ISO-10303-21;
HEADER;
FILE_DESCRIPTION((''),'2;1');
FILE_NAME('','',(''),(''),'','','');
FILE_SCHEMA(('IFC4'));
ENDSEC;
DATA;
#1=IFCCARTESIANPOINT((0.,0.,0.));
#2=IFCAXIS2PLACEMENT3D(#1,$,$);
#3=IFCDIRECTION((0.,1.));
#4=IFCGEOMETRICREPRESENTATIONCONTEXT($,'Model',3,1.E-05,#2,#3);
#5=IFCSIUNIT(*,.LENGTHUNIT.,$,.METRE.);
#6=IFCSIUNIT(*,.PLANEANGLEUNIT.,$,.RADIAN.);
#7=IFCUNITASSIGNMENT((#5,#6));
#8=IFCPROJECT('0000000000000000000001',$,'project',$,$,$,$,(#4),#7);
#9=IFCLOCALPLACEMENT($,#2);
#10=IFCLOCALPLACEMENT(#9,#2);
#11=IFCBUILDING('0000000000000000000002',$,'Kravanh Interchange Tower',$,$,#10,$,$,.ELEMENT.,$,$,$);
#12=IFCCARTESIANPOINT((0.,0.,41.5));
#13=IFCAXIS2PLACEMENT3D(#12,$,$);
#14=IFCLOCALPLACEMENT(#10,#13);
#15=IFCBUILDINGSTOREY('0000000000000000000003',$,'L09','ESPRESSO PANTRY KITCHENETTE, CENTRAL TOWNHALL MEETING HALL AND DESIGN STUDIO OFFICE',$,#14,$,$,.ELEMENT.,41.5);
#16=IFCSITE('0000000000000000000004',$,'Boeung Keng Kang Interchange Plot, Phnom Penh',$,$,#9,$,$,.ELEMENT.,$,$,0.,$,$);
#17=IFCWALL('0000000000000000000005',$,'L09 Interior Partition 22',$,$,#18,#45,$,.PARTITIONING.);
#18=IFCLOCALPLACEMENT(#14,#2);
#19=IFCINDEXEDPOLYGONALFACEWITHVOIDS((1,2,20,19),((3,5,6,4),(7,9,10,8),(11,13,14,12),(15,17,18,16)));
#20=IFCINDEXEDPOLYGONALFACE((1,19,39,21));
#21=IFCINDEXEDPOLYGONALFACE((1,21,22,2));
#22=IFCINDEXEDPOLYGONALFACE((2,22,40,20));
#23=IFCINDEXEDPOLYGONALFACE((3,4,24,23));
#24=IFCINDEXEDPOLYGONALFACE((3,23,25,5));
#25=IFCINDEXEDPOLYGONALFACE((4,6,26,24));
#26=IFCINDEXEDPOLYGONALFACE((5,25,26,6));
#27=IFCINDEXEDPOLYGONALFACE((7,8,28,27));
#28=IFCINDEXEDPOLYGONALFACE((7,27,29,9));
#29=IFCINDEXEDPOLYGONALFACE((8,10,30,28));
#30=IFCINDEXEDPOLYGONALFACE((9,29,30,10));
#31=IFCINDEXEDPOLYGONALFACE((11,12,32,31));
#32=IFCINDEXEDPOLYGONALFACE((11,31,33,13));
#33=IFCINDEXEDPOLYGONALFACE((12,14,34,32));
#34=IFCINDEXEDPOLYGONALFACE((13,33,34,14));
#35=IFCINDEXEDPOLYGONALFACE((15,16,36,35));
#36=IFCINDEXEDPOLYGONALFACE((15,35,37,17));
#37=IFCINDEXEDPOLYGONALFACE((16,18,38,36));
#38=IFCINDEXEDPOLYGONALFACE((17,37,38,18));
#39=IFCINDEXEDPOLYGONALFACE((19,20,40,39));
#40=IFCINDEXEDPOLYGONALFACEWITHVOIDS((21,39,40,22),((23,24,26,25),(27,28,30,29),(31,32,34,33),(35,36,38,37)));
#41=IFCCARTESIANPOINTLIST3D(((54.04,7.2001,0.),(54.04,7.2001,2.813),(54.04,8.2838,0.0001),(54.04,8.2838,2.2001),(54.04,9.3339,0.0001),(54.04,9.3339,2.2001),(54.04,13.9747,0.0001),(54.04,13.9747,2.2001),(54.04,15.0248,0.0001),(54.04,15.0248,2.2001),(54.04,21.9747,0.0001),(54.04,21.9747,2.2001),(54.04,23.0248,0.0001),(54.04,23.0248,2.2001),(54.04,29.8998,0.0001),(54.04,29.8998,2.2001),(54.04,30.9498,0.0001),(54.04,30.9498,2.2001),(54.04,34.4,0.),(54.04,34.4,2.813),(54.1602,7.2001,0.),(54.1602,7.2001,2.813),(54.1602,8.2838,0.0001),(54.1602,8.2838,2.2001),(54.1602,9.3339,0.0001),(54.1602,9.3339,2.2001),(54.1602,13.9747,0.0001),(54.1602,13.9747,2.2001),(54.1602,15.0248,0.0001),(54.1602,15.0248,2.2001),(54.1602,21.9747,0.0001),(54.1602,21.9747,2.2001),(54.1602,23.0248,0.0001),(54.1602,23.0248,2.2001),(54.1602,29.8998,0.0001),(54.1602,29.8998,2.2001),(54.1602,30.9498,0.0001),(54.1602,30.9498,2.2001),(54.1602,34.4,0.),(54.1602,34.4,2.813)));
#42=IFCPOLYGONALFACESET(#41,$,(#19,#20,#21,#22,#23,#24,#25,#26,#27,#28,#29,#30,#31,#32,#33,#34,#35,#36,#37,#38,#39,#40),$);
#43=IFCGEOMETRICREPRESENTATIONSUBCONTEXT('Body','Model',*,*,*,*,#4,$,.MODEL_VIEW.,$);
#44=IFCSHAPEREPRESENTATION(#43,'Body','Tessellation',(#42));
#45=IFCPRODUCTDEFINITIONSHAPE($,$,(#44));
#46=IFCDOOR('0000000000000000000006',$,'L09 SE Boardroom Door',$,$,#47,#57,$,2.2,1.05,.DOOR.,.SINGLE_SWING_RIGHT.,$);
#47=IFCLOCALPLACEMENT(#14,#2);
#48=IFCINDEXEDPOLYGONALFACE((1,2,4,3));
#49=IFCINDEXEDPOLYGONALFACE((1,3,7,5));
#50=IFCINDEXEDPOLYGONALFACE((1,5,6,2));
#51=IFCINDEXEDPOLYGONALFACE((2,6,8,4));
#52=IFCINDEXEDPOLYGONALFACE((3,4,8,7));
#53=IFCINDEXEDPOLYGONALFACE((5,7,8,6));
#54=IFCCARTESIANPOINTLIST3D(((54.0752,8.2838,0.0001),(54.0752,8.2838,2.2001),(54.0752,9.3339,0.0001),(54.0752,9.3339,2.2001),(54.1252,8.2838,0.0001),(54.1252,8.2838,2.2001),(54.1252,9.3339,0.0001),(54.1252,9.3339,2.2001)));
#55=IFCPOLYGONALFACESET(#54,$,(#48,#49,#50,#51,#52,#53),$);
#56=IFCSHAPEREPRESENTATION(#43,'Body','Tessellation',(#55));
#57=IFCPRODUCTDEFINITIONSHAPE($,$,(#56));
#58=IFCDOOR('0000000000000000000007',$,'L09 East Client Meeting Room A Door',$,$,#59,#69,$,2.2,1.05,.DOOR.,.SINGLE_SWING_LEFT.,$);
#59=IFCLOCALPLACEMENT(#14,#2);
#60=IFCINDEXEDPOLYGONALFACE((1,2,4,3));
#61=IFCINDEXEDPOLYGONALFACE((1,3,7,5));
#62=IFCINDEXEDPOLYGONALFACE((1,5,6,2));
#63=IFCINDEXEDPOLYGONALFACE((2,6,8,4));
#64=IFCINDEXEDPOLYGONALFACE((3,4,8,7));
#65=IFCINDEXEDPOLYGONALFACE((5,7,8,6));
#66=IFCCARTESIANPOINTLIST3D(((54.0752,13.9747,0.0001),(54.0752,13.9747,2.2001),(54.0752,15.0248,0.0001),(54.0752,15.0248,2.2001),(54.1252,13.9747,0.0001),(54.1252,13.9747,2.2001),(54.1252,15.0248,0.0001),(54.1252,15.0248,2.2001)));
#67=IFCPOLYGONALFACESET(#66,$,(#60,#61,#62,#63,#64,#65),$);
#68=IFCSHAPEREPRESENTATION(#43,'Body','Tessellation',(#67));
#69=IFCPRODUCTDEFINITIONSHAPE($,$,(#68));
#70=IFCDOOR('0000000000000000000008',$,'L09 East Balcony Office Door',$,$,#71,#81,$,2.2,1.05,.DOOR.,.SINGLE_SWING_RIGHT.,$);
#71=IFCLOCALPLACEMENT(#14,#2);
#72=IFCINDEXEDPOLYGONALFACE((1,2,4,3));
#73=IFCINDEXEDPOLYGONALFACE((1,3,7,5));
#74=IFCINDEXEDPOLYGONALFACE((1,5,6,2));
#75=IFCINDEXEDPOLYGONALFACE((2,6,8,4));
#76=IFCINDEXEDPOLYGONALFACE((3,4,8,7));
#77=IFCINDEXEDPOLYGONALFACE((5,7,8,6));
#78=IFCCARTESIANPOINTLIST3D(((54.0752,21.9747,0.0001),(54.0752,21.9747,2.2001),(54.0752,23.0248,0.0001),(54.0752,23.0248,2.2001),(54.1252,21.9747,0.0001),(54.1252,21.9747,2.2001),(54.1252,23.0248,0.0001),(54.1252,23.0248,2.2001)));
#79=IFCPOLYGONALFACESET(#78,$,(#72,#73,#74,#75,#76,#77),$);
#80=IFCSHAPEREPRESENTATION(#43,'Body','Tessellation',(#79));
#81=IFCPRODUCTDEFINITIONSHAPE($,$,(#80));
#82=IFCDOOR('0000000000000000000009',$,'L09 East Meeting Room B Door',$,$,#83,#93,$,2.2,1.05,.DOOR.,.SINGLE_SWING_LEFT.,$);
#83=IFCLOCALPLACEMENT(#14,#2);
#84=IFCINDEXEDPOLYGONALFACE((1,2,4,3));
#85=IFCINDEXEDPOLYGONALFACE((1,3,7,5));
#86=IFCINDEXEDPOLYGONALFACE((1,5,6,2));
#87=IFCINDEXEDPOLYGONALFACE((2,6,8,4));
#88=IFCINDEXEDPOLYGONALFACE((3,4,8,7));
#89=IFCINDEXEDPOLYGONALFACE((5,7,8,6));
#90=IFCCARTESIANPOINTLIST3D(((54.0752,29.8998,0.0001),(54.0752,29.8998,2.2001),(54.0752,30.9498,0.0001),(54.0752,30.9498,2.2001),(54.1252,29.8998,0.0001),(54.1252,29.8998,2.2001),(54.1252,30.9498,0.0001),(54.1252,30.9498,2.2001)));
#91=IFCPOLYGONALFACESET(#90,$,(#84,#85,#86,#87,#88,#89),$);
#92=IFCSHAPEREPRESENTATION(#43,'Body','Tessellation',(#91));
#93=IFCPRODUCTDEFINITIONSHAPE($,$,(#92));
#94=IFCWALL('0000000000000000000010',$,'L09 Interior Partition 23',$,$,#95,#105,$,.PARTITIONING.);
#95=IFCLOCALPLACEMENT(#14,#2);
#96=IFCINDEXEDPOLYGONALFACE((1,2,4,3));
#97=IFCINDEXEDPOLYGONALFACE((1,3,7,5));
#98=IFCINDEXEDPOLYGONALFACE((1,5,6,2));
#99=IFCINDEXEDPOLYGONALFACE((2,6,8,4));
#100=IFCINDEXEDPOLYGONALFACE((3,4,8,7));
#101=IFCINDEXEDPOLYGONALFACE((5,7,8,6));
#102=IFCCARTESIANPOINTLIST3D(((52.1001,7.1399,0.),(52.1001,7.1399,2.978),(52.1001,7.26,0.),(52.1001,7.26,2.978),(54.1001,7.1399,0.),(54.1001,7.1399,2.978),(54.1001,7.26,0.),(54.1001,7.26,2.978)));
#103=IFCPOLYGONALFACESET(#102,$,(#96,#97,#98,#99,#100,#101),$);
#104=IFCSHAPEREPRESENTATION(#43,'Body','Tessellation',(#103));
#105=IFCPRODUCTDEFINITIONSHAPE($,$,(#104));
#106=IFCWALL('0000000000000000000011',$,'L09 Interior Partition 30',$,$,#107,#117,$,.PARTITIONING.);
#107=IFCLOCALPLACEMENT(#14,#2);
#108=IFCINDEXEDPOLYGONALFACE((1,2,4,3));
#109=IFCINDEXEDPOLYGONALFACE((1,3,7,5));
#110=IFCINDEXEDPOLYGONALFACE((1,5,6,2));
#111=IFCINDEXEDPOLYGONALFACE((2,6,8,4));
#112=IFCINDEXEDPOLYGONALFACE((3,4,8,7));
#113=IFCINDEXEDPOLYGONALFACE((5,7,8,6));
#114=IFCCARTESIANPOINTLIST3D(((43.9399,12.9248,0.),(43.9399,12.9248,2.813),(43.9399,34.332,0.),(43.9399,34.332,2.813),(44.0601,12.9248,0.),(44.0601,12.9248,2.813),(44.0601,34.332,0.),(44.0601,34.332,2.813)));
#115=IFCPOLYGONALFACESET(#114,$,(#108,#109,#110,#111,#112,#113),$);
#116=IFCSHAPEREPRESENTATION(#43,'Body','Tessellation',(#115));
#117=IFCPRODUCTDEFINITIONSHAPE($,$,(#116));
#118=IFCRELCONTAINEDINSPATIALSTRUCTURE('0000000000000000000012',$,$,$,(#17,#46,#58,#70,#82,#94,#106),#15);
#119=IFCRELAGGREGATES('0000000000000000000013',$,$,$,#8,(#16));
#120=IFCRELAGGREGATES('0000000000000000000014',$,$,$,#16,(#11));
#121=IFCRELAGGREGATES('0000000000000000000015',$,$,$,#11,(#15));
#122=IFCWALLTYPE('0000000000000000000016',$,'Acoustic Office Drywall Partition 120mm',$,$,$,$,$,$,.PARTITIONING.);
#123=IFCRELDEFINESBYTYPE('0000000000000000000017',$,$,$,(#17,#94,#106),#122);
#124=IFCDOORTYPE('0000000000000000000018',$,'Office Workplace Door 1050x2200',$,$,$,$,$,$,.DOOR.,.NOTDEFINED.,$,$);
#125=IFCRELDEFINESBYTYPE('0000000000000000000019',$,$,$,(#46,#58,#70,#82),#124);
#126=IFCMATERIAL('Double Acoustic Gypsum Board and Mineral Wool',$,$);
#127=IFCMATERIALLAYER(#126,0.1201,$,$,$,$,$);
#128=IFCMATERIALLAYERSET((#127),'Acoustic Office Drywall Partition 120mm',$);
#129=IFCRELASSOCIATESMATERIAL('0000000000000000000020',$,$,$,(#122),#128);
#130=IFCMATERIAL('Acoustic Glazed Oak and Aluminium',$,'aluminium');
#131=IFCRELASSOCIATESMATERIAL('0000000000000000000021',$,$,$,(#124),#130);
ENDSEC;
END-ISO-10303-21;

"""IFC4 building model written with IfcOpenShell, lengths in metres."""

from ifc_helpers import new_model, si_unit, direction, frame, frame_2d, origin, place, context, subcontext, project, spatial, rectangle, extrude, material, layer, layer_set, type_object, element, fill, save


model = new_model("IFC4")

# Units and contexts
model_context = context("Model", 3, precision=1e-05, world=origin(), true_north=direction((0.0, 1.0)))
body_context = subcontext(model_context, "Body", "Model", "MODEL_VIEW")
ifc_project = project(units=[si_unit("LENGTHUNIT", "METRE"), si_unit("PLANEANGLEUNIT", "RADIAN")], contexts=[model_context])

# Site, building, storey
site_placement = place(None, origin())
site = spatial("IfcSite", under=ifc_project, at=site_placement, Name="Boeung Keng Kang Interchange Plot, Phnom Penh", CompositionType="ELEMENT", RefElevation=0.0)
building_placement = place(site_placement, origin())
building = spatial("IfcBuilding", under=site, at=building_placement, Name="Kravanh Interchange Tower", CompositionType="ELEMENT")
storey_placement = place(building_placement, frame((0.0, 0.0, 41.5)))
storey = spatial("IfcBuildingStorey", under=building, at=storey_placement, Name="L09", Description="ESPRESSO PANTRY KITCHENETTE, CENTRAL TOWNHALL MEETING HALL AND DESIGN STUDIO OFFICE", CompositionType="ELEMENT", Elevation=41.5)

# Shared definitions
ifc_material_1 = material(Name="Double Acoustic Gypsum Board and Mineral Wool")
ifc_layer_1 = layer(ifc_material_1, 0.1201)
ifc_layer_set_1 = layer_set([ifc_layer_1], Name="Acoustic Office Drywall Partition 120mm")
wall_type = type_object("IfcWallType", Name="Acoustic Office Drywall Partition 120mm", PredefinedType="PARTITIONING", material=ifc_layer_set_1)

# Wall, openings, doors
wall_1_placement = place(storey_placement, frame((54.1001, 7.2, 0.0), z_axis=(0.0, 0.0, 1.0), x_axis=(0.0, 1.0, 0.0)))
wall_1 = element("IfcWall", 1, at=wall_1_placement, inside=storey, type_object=wall_type, Name="L09 Interior Partition 22", PredefinedType="PARTITIONING", context=body_context, shape_type="SweptSolid", body=[
    extrude(rectangle(XDim=27.2, YDim=0.1201, at=frame_2d((13.6001, 0.0))), origin(), (0.0, 0.0, 1.0), 2.813),
])
opening_1_placement = place(wall_1_placement, frame((1.084, 0.0, 0.0)))
opening_1 = element("IfcOpeningElement", 2, at=opening_1_placement, cuts=wall_1, PredefinedType="OPENING", context=body_context, shape_type="SweptSolid", body=[
    extrude(rectangle(XDim=1.05, YDim=2.2, at=frame_2d((0.5249, 1.1001))), frame((0.0, 0.0701, 0.0), z_axis=(0.0, -1.0, 0.0), x_axis=(1.0, 0.0, 0.0)), (0.0, 0.0, 1.0), 0.1401),
])
opening_2_placement = place(wall_1_placement, frame((6.7749, 0.0, 0.0)))
opening_2 = element("IfcOpeningElement", 3, at=opening_2_placement, cuts=wall_1, PredefinedType="OPENING", context=body_context, shape_type="SweptSolid", body=[
    extrude(rectangle(XDim=1.05, YDim=2.2, at=frame_2d((0.5249, 1.1001))), frame((0.0, 0.0701, 0.0), z_axis=(0.0, -1.0, 0.0), x_axis=(1.0, 0.0, 0.0)), (0.0, 0.0, 1.0), 0.1401),
])
opening_3_placement = place(wall_1_placement, frame((14.7749, 0.0, 0.0)))
opening_3 = element("IfcOpeningElement", 4, at=opening_3_placement, cuts=wall_1, PredefinedType="OPENING", context=body_context, shape_type="SweptSolid", body=[
    extrude(rectangle(XDim=1.05, YDim=2.2, at=frame_2d((0.5249, 1.1001))), frame((0.0, 0.0701, 0.0), z_axis=(0.0, -1.0, 0.0), x_axis=(1.0, 0.0, 0.0)), (0.0, 0.0, 1.0), 0.1401),
])
opening_4_placement = place(wall_1_placement, frame((22.7, 0.0, 0.0)))
opening_4 = element("IfcOpeningElement", 5, at=opening_4_placement, cuts=wall_1, PredefinedType="OPENING", context=body_context, shape_type="SweptSolid", body=[
    extrude(rectangle(XDim=1.05, YDim=2.2, at=frame_2d((0.5249, 1.1001))), frame((0.0, 0.0701, 0.0), z_axis=(0.0, -1.0, 0.0), x_axis=(1.0, 0.0, 0.0)), (0.0, 0.0, 1.0), 0.1401),
])
ifc_material_2 = material(Name="Acoustic Glazed Oak and Aluminium", Category="aluminium")
door_type = type_object("IfcDoorType", Name="Office Workplace Door 1050x2200", OperationType="NOTDEFINED", PredefinedType="DOOR", material=ifc_material_2)
door_1_placement = place(opening_1_placement, origin())
door_1 = element("IfcDoor", 6, at=door_1_placement, inside=storey, type_object=door_type, Name="L09 SE Boardroom Door", OperationType="SINGLE_SWING_RIGHT", OverallHeight=2.2, OverallWidth=1.05, PredefinedType="DOOR", context=body_context, shape_type="SweptSolid", body=[
    extrude(rectangle(XDim=1.05, YDim=2.2, at=frame_2d((0.5249, 1.1001))), frame((0.0, 0.0249, 0.0), z_axis=(0.0, -1.0, 0.0), x_axis=(1.0, 0.0, 0.0)), (0.0, 0.0, 1.0), 0.05),
])
fill(opening_1, door_1)
door_2_placement = place(opening_2_placement, origin())
door_2 = element("IfcDoor", 7, at=door_2_placement, inside=storey, type_object=door_type, Name="L09 East Client Meeting Room A Door", OperationType="SINGLE_SWING_LEFT", OverallHeight=2.2, OverallWidth=1.05, PredefinedType="DOOR", context=body_context, shape_type="SweptSolid", body=[
    extrude(rectangle(XDim=1.05, YDim=2.2, at=frame_2d((0.5249, 1.1001))), frame((0.0, 0.0249, 0.0), z_axis=(0.0, -1.0, 0.0), x_axis=(1.0, 0.0, 0.0)), (0.0, 0.0, 1.0), 0.05),
])
fill(opening_2, door_2)
door_3_placement = place(opening_3_placement, origin())
door_3 = element("IfcDoor", 8, at=door_3_placement, inside=storey, type_object=door_type, Name="L09 East Balcony Office Door", OperationType="SINGLE_SWING_RIGHT", OverallHeight=2.2, OverallWidth=1.05, PredefinedType="DOOR", context=body_context, shape_type="SweptSolid", body=[
    extrude(rectangle(XDim=1.05, YDim=2.2, at=frame_2d((0.5249, 1.1001))), frame((0.0, 0.0249, 0.0), z_axis=(0.0, -1.0, 0.0), x_axis=(1.0, 0.0, 0.0)), (0.0, 0.0, 1.0), 0.05),
])
fill(opening_3, door_3)
door_4_placement = place(opening_4_placement, origin())
door_4 = element("IfcDoor", 9, at=door_4_placement, inside=storey, type_object=door_type, Name="L09 East Meeting Room B Door", OperationType="SINGLE_SWING_LEFT", OverallHeight=2.2, OverallWidth=1.05, PredefinedType="DOOR", context=body_context, shape_type="SweptSolid", body=[
    extrude(rectangle(XDim=1.05, YDim=2.2, at=frame_2d((0.5249, 1.1001))), frame((0.0, 0.0249, 0.0), z_axis=(0.0, -1.0, 0.0), x_axis=(1.0, 0.0, 0.0)), (0.0, 0.0, 1.0), 0.05),
])
fill(opening_4, door_4)

# Walls
wall_2_placement = place(storey_placement, frame((52.1001, 7.2, 0.0), z_axis=(0.0, 0.0, 1.0), x_axis=(1.0, 0.0, 0.0)))
element("IfcWall", 10, at=wall_2_placement, inside=storey, type_object=wall_type, Name="L09 Interior Partition 23", PredefinedType="PARTITIONING", context=body_context, shape_type="SweptSolid", body=[
    extrude(rectangle(XDim=2.0, YDim=0.1201, at=frame_2d((1.0, 0.0))), origin(), (0.0, 0.0, 1.0), 2.978),
])
wall_3_placement = place(storey_placement, frame((44.0, 12.9248, 0.0), z_axis=(0.0, 0.0, 1.0), x_axis=(0.0, 1.0, 0.0)))
element("IfcWall", 11, at=wall_3_placement, inside=storey, type_object=wall_type, Name="L09 Interior Partition 30", PredefinedType="PARTITIONING", context=body_context, shape_type="SweptSolid", body=[
    extrude(rectangle(XDim=21.4072, YDim=0.1201, at=frame_2d((10.7036, 0.0))), origin(), (0.0, 0.0, 1.0), 2.813),
])

save(model, "model.ifc")
